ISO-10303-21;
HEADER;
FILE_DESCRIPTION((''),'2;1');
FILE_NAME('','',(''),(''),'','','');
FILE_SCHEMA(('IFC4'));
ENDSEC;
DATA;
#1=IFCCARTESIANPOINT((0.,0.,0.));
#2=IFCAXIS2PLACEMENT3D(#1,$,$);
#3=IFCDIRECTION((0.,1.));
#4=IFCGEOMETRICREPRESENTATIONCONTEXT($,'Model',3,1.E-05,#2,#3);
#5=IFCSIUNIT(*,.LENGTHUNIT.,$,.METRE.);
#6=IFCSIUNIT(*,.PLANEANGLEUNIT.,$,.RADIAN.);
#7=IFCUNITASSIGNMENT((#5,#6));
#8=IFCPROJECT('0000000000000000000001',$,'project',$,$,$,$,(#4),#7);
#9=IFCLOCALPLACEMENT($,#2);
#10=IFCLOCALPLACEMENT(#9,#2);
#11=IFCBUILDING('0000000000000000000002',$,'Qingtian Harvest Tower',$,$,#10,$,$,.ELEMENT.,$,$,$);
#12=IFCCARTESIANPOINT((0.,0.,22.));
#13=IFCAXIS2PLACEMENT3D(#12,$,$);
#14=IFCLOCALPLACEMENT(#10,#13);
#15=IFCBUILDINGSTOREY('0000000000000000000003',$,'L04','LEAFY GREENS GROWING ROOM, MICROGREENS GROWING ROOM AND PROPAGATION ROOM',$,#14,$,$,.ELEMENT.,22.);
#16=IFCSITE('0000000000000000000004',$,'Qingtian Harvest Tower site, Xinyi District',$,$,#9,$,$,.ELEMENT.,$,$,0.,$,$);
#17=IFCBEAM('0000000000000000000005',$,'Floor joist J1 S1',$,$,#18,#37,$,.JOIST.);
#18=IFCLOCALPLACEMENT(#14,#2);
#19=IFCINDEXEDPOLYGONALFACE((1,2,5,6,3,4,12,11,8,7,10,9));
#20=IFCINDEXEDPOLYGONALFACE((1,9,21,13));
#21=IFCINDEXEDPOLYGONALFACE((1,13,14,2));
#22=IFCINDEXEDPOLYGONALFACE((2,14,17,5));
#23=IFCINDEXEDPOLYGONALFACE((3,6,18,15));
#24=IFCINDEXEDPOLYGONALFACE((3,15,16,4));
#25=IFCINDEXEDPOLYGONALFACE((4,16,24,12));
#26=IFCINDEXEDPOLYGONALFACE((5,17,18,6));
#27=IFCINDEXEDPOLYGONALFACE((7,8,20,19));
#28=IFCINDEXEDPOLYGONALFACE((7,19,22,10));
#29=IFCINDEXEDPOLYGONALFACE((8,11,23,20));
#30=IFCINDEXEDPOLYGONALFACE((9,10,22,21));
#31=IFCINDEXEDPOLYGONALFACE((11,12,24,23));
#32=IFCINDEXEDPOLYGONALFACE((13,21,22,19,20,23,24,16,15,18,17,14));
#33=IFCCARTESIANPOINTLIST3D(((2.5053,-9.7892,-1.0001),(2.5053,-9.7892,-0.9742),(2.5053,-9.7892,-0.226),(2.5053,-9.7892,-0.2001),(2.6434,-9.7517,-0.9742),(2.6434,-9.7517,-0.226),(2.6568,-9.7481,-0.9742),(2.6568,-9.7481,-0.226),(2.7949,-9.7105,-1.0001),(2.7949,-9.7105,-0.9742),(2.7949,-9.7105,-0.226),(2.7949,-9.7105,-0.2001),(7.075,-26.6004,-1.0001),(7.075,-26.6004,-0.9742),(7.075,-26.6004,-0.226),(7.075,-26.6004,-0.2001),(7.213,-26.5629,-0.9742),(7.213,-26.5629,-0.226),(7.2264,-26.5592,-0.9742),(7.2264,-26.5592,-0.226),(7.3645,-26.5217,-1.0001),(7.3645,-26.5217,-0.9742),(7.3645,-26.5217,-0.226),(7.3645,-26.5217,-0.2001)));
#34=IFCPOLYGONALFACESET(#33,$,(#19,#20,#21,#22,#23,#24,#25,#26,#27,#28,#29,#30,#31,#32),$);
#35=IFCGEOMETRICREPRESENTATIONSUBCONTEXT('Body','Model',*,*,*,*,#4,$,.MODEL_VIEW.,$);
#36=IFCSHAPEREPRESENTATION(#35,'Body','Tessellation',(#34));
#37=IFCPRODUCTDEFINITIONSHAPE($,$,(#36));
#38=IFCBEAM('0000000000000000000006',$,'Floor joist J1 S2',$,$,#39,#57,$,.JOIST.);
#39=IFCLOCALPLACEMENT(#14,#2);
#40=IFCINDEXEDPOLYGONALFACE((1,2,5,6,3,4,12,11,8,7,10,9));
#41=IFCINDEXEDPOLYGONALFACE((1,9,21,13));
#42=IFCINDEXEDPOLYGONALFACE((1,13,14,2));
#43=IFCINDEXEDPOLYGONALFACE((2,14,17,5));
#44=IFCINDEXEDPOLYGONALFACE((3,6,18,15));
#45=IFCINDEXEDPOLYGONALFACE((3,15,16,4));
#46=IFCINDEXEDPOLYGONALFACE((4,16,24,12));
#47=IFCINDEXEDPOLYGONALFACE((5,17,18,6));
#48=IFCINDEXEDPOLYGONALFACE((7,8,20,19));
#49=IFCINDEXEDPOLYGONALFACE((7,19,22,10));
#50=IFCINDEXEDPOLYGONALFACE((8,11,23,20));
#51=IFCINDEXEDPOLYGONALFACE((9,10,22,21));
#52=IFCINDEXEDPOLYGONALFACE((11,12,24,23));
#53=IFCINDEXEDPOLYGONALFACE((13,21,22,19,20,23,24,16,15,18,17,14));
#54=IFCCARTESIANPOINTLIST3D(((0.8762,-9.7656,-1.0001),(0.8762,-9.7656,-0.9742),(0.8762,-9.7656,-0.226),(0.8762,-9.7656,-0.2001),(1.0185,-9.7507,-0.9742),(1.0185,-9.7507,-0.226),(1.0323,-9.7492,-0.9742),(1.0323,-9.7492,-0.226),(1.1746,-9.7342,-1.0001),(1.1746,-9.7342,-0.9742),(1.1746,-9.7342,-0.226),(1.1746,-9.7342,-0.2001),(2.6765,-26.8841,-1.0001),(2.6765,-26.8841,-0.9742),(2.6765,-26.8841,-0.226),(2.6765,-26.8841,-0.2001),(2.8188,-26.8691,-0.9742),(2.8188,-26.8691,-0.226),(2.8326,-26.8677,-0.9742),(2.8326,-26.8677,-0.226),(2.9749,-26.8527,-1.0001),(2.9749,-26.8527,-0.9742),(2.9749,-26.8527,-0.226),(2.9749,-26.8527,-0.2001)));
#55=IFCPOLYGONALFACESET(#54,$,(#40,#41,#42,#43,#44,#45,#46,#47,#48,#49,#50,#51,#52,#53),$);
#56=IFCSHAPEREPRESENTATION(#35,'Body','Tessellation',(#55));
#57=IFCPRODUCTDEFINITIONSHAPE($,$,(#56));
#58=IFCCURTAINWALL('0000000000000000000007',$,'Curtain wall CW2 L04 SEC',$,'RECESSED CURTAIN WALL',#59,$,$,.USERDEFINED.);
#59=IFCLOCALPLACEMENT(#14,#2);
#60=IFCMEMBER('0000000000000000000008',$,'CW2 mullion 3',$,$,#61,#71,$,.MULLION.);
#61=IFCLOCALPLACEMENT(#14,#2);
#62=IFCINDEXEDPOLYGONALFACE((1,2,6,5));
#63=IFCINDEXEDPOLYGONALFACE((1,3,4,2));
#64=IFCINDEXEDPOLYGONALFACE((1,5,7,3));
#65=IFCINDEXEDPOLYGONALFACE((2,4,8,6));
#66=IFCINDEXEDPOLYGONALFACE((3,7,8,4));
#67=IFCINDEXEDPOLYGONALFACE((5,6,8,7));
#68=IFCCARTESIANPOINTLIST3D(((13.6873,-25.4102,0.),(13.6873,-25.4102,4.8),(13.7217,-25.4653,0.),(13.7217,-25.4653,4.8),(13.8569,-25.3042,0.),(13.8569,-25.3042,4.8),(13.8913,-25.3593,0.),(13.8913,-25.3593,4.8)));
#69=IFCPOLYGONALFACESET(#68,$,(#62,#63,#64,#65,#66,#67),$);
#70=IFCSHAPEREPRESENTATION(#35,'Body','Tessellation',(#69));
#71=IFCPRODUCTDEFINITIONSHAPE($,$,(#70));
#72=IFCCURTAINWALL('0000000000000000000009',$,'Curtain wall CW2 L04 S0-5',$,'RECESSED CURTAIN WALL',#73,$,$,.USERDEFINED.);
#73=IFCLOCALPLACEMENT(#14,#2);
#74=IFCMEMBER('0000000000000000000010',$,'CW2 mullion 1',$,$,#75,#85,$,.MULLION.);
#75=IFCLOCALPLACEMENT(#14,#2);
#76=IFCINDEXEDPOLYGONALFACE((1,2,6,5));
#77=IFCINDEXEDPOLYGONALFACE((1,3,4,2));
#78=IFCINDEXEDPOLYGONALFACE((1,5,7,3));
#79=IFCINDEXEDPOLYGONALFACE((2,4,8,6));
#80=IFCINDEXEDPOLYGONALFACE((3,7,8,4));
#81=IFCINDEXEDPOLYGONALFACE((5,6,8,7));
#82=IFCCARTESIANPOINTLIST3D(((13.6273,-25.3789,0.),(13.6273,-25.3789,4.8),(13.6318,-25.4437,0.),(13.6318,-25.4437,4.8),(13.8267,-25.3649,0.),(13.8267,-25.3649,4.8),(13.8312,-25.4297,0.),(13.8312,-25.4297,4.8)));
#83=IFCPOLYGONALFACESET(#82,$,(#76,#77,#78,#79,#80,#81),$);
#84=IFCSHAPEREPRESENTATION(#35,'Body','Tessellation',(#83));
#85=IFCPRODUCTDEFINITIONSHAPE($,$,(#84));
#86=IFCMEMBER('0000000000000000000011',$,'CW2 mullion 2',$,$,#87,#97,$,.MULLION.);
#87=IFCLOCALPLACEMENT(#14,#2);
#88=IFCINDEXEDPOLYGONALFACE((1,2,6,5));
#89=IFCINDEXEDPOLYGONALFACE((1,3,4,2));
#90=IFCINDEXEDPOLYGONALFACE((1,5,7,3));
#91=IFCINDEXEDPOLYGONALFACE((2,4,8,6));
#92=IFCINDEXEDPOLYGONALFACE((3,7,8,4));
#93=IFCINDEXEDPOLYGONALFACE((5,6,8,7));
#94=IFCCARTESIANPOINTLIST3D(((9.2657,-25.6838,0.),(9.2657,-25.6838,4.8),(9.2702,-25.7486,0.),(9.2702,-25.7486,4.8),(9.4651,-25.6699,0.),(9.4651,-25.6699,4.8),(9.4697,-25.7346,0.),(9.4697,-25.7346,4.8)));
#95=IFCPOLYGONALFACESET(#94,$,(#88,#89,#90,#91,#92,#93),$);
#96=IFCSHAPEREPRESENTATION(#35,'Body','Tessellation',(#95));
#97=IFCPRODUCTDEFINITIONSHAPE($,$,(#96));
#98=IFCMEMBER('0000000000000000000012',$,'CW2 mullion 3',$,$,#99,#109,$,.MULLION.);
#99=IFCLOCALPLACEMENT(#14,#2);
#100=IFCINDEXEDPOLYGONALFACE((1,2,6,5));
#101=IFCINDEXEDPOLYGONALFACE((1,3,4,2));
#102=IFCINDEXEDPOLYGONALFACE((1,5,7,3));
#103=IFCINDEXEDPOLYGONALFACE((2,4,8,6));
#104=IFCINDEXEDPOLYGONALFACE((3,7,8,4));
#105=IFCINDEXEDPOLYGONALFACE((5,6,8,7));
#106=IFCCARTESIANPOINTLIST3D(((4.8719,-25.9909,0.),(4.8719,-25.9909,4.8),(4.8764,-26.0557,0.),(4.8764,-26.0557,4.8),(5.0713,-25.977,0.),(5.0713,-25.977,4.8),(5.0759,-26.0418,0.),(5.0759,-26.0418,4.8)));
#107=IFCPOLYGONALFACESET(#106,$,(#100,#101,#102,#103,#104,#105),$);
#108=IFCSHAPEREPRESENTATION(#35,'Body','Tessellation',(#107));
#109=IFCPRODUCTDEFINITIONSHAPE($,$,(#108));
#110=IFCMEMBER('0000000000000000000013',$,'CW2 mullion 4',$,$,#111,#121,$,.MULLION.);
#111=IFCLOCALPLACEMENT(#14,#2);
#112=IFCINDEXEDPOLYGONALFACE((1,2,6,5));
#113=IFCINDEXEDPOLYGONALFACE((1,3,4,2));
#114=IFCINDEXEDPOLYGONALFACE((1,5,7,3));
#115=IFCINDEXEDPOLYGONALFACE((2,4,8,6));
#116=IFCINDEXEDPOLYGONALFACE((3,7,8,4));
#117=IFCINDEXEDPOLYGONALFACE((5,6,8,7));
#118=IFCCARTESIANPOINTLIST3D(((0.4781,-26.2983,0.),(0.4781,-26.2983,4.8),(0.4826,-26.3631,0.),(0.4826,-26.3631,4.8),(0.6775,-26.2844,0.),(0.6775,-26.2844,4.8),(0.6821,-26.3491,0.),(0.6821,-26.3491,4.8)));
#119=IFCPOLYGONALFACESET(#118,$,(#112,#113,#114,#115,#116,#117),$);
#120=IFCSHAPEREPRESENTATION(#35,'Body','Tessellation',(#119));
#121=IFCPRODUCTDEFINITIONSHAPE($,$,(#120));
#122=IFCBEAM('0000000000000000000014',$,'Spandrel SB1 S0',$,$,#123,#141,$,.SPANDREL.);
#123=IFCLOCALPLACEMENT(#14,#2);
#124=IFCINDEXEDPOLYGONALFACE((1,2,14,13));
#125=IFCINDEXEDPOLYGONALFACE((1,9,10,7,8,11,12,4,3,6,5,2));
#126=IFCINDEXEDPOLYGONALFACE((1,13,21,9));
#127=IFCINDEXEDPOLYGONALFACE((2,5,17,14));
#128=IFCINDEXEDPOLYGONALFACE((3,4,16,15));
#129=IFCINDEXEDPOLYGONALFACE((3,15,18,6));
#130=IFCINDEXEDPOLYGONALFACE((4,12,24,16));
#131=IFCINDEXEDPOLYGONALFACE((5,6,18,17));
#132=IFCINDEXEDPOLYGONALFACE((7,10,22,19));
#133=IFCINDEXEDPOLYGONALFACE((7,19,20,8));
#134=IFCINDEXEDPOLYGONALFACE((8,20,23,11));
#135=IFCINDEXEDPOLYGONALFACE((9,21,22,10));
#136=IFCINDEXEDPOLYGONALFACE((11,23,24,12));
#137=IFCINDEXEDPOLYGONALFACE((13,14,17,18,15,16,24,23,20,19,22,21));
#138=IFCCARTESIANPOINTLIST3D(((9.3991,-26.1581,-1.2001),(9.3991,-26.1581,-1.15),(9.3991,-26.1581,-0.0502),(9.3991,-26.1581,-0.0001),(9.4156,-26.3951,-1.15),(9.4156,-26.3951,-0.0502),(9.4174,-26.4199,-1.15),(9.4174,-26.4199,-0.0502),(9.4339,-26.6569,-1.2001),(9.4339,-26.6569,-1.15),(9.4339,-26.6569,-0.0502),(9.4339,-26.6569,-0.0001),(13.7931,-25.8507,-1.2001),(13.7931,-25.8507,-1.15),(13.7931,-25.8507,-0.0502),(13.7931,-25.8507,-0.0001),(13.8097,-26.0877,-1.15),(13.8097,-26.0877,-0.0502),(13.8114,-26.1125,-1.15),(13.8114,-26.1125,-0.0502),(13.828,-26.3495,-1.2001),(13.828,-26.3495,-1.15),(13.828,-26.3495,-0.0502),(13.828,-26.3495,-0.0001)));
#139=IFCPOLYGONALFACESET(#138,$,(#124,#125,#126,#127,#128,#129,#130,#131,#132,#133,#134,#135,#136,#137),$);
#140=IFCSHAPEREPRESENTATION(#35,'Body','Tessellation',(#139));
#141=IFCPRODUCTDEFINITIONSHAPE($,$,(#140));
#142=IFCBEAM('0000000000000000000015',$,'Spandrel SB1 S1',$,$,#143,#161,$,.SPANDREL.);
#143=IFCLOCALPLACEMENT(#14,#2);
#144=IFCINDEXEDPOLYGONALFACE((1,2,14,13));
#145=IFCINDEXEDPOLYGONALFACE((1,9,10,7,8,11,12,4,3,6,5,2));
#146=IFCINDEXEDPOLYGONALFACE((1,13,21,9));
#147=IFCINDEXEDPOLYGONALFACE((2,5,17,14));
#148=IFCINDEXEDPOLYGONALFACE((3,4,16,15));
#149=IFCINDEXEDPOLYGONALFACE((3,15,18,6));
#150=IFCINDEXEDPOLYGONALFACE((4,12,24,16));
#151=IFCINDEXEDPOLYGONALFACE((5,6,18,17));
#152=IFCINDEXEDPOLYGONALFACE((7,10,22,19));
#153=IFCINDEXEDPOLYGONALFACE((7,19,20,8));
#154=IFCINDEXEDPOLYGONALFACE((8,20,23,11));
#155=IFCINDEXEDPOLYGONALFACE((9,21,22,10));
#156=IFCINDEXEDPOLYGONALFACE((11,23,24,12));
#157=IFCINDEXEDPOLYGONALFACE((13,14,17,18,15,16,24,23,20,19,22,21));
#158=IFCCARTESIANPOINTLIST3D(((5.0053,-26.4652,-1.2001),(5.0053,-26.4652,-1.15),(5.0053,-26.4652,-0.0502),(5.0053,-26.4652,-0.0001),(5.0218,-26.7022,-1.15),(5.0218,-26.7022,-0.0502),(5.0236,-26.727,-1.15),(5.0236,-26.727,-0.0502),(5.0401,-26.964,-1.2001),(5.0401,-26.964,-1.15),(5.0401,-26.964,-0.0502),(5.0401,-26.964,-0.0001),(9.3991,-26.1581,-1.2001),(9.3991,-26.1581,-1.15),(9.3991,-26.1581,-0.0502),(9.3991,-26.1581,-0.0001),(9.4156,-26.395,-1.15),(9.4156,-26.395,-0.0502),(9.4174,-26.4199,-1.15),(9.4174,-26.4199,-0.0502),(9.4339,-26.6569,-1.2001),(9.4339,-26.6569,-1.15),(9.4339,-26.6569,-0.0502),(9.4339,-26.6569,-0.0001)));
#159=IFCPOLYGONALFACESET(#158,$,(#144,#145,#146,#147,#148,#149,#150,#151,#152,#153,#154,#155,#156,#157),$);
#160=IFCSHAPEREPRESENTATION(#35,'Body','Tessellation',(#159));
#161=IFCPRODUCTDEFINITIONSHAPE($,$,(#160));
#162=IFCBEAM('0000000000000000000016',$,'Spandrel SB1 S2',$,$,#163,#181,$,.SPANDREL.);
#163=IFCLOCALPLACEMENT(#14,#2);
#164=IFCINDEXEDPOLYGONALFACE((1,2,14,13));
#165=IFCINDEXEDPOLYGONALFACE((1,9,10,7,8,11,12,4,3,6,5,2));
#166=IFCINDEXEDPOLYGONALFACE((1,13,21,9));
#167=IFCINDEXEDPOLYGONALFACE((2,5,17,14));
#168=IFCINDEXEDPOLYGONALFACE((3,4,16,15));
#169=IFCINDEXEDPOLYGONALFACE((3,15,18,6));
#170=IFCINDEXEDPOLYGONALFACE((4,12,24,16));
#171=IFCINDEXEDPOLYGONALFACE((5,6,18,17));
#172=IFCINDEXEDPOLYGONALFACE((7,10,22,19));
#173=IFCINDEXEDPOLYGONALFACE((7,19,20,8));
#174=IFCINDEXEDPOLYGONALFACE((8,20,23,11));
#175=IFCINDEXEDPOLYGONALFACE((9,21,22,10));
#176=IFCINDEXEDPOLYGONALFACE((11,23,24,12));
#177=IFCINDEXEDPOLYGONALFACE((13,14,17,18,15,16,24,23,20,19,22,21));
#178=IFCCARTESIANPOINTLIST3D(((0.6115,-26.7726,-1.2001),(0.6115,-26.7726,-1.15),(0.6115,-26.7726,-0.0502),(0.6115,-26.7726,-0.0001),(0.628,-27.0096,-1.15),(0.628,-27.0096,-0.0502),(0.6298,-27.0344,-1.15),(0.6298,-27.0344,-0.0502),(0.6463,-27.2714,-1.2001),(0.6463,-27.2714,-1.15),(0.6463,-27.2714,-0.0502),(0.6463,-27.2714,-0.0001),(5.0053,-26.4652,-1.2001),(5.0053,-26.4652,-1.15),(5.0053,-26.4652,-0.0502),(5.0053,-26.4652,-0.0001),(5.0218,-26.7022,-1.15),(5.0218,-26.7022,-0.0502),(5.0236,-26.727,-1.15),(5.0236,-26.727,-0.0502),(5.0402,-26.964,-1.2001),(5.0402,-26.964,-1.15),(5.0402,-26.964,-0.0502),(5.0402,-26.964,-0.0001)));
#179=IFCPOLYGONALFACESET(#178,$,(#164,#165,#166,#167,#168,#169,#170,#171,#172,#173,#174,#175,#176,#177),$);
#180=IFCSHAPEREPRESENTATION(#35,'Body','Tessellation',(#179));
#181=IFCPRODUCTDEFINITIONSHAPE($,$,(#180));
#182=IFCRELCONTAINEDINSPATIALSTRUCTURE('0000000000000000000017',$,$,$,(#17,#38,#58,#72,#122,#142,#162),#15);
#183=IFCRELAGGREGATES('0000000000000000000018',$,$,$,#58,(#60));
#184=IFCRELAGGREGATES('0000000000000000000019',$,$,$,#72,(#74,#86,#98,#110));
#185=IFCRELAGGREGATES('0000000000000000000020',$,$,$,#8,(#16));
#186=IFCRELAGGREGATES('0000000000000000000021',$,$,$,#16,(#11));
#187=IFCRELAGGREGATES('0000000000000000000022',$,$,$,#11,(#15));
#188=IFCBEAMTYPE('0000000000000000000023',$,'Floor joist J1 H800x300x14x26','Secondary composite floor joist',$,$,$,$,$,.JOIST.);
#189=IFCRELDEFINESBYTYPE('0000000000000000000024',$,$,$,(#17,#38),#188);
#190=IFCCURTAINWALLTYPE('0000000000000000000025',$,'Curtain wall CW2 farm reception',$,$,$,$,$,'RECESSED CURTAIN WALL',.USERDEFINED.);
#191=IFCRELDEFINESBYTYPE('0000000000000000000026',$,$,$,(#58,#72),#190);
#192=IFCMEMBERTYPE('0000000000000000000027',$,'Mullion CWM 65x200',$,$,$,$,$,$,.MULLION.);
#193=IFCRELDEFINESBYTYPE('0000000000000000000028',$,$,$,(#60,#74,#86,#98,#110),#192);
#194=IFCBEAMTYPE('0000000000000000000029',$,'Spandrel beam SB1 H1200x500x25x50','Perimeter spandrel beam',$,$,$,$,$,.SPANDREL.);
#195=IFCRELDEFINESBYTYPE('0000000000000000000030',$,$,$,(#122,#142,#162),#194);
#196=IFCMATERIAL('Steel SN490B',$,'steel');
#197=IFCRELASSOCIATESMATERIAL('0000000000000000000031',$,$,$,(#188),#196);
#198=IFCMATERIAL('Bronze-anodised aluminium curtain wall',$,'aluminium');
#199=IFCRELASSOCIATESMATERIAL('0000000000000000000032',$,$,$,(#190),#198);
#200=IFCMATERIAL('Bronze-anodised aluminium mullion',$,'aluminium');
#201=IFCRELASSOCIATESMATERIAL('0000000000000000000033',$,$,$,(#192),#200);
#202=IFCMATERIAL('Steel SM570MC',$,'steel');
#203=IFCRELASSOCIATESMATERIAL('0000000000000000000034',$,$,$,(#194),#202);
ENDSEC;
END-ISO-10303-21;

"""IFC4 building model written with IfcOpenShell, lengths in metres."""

from ifc_helpers import new_model, si_unit, direction, frame, origin, origin_2d, place, context, subcontext, project, spatial, rectangle, i_section, extrude, material, material_profile, profile_set, type_object, element, aggregate, save


model = new_model("IFC4")

# Units and contexts
model_context = context("Model", 3, precision=1e-05, world=origin(), true_north=direction((0.0, 1.0)))
body_context = subcontext(model_context, "Body", "Model", "MODEL_VIEW")
ifc_project = project(units=[si_unit("LENGTHUNIT", "METRE"), si_unit("PLANEANGLEUNIT", "RADIAN")], contexts=[model_context])

# Site, building, storey
site_placement = place(None, origin())
site = spatial("IfcSite", under=ifc_project, at=site_placement, Name="Qingtian Harvest Tower site, Xinyi District", CompositionType="ELEMENT", RefElevation=0.0)
building_placement = place(site_placement, origin())
building = spatial("IfcBuilding", under=site, at=building_placement, Name="Qingtian Harvest Tower", CompositionType="ELEMENT")
storey_placement = place(building_placement, frame((0.0, 0.0, 22.0)))
storey = spatial("IfcBuildingStorey", under=building, at=storey_placement, Name="L04", Description="LEAFY GREENS GROWING ROOM, MICROGREENS GROWING ROOM AND PROPAGATION ROOM", CompositionType="ELEMENT", Elevation=22.0)

# Beams
ifc_material_1 = material(Name="Steel SN490B", Category="steel")
ifc_material_profile_1 = material_profile(ifc_material_1, i_section(OverallWidth=0.3, OverallDepth=0.8, WebThickness=0.0139, FlangeThickness=0.0259, at=origin_2d()), Name="H800x300x14x26")
ifc_profile_set_1 = profile_set([ifc_material_profile_1], Name="Steel SN490B")
beam_type_1 = type_object("IfcBeamType", Name="Floor joist J1 H800x300x14x26", Description="Secondary composite floor joist", PredefinedType="JOIST", material=ifc_profile_set_1)
beam_1_placement = place(storey_placement, frame((7.2197, -26.561, -0.6001), z_axis=(-0.262303, 0.964986, 0.0), x_axis=(-0.964986, -0.262303, 0.0)))
element("IfcBeam", 1, at=beam_1_placement, inside=storey, type_object=beam_type_1, Name="Floor joist J1 S1", PredefinedType="JOIST", context=body_context, shape_type="SweptSolid", body=[
    extrude(i_section(OverallWidth=0.3, OverallDepth=0.8, WebThickness=0.0139, FlangeThickness=0.0259, at=origin_2d()), origin(), (0.0, 0.0, 1.0), 17.4211),
])
beam_2_placement = place(storey_placement, frame((2.8257, -26.8684, -0.6001), z_axis=(-0.10459, 0.994515, 0.0), x_axis=(-0.994515, -0.10459, 0.0)))
element("IfcBeam", 2, at=beam_2_placement, inside=storey, type_object=beam_type_1, Name="Floor joist J1 S2", PredefinedType="JOIST", context=body_context, shape_type="SweptSolid", body=[
    extrude(i_section(OverallWidth=0.3, OverallDepth=0.8, WebThickness=0.0139, FlangeThickness=0.0259, at=origin_2d()), origin(), (0.0, 0.0, 1.0), 17.2129),
])

# Curtain wall, member
ifc_material_2 = material(Name="Bronze-anodised aluminium curtain wall", Category="aluminium")
curtain_wall_type = type_object("IfcCurtainWallType", Name="Curtain wall CW2 farm reception", ElementType="RECESSED CURTAIN WALL", PredefinedType="USERDEFINED", material=ifc_material_2)
curtain_wall_1_placement = place(storey_placement, origin())
curtain_wall_1 = element("IfcCurtainWall", 3, at=curtain_wall_1_placement, inside=storey, type_object=curtain_wall_type, Name="Curtain wall CW2 L04 SEC", ObjectType="RECESSED CURTAIN WALL", PredefinedType="USERDEFINED")
ifc_material_3 = material(Name="Bronze-anodised aluminium mullion", Category="aluminium")
ifc_material_profile_2 = material_profile(ifc_material_3, rectangle(XDim=0.0649, YDim=0.2, at=origin_2d()), Name="AL 65x200")
ifc_profile_set_2 = profile_set([ifc_material_profile_2], Name="Bronze-anodised aluminium mullion")
member_type_1 = type_object("IfcMemberType", Name="Mullion CWM 65x200", PredefinedType="MULLION", material=ifc_profile_set_2)
member_1_placement = place(storey_placement, frame((13.7893, -25.3848, 0.0), z_axis=(0.0, 0.0, 1.0), x_axis=(0.529919, -0.848048, 0.0)))
member_1 = element("IfcMember", 4, at=member_1_placement, type_object=member_type_1, Name="CW2 mullion 3", PredefinedType="MULLION", context=body_context, shape_type="SweptSolid", body=[
    extrude(rectangle(XDim=0.0649, YDim=0.2, at=origin_2d()), origin(), (0.0, 0.0, 1.0), 4.8),
])
aggregate(curtain_wall_1, [member_1])

# Curtain wall, members
curtain_wall_2_placement = place(storey_placement, origin())
curtain_wall_2 = element("IfcCurtainWall", 5, at=curtain_wall_2_placement, inside=storey, type_object=curtain_wall_type, Name="Curtain wall CW2 L04 S0-5", ObjectType="RECESSED CURTAIN WALL", PredefinedType="USERDEFINED")
member_2_placement = place(storey_placement, frame((13.7292, -25.4043, 0.0), z_axis=(0.0, 0.0, 1.0), x_axis=(0.069756, -0.997564, 0.0)))
member_2 = element("IfcMember", 6, at=member_2_placement, type_object=member_type_1, Name="CW2 mullion 1", PredefinedType="MULLION", context=body_context, shape_type="SweptSolid", body=[
    extrude(rectangle(XDim=0.0649, YDim=0.2, at=origin_2d()), origin(), (0.0, 0.0, 1.0), 4.8),
])
member_3_placement = place(storey_placement, frame((9.3677, -25.7092, 0.0), z_axis=(0.0, 0.0, 1.0), x_axis=(0.069756, -0.997564, 0.0)))
member_3 = element("IfcMember", 7, at=member_3_placement, type_object=member_type_1, Name="CW2 mullion 2", PredefinedType="MULLION", context=body_context, shape_type="SweptSolid", body=[
    extrude(rectangle(XDim=0.0649, YDim=0.2, at=origin_2d()), origin(), (0.0, 0.0, 1.0), 4.8),
])
member_4_placement = place(storey_placement, frame((4.9739, -26.0164, 0.0), z_axis=(0.0, 0.0, 1.0), x_axis=(0.069756, -0.997564, 0.0)))
member_4 = element("IfcMember", 8, at=member_4_placement, type_object=member_type_1, Name="CW2 mullion 3", PredefinedType="MULLION", context=body_context, shape_type="SweptSolid", body=[
    extrude(rectangle(XDim=0.0649, YDim=0.2, at=origin_2d()), origin(), (0.0, 0.0, 1.0), 4.8),
])
member_5_placement = place(storey_placement, frame((0.5801, -26.3237, 0.0), z_axis=(0.0, 0.0, 1.0), x_axis=(0.069756, -0.997564, 0.0)))
member_5 = element("IfcMember", 9, at=member_5_placement, type_object=member_type_1, Name="CW2 mullion 4", PredefinedType="MULLION", context=body_context, shape_type="SweptSolid", body=[
    extrude(rectangle(XDim=0.0649, YDim=0.2, at=origin_2d()), origin(), (0.0, 0.0, 1.0), 4.8),
])

# Beams
ifc_material_4 = material(Name="Steel SM570MC", Category="steel")
ifc_material_profile_3 = material_profile(ifc_material_4, i_section(OverallWidth=0.5, OverallDepth=1.2, WebThickness=0.0249, FlangeThickness=0.05, at=origin_2d()), Name="H1200x500x25x50")
ifc_profile_set_3 = profile_set([ifc_material_profile_3], Name="Steel SM570MC")
beam_type_2 = type_object("IfcBeamType", Name="Spandrel beam SB1 H1200x500x25x50", Description="Perimeter spandrel beam", PredefinedType="SPANDREL", material=ifc_profile_set_3)
beam_3_placement = place(storey_placement, frame((13.8105, -26.1001, -0.6001), z_axis=(-0.997562, -0.069782, 0.0), x_axis=(0.069782, -0.997562, 0.0)))
element("IfcBeam", 10, at=beam_3_placement, inside=storey, type_object=beam_type_2, Name="Spandrel SB1 S0", PredefinedType="SPANDREL", context=body_context, shape_type="SweptSolid", body=[
    extrude(i_section(OverallWidth=0.5, OverallDepth=1.2, WebThickness=0.0249, FlangeThickness=0.05, at=origin_2d()), origin(), (0.0, 0.0, 1.0), 4.4048),
])
for number, where, z_axis, x_axis, name in (
    (11, (9.4165, -26.4075, -0.6001), (-0.997566, -0.06973, 0.0), (0.06973, -0.997566, 0.0), "Spandrel SB1 S1"),
    (12, (5.0227, -26.7146, -0.6001), (-0.997562, -0.069786, 0.0), (0.069786, -0.997562, 0.0), "Spandrel SB1 S2"),
):
    element("IfcBeam", number, at=place(storey_placement, frame(where, z_axis=z_axis, x_axis=x_axis)), inside=storey, type_object=beam_type_2, Name=name, PredefinedType="SPANDREL", context=body_context, shape_type="SweptSolid", body=[
        extrude(i_section(OverallWidth=0.5, OverallDepth=1.2, WebThickness=0.0249, FlangeThickness=0.05, at=origin_2d()), origin(), (0.0, 0.0, 1.0), 4.4045),
    ])

aggregate(curtain_wall_2, [member_2, member_3, member_4, member_5])

save(model, "model.ifc")
